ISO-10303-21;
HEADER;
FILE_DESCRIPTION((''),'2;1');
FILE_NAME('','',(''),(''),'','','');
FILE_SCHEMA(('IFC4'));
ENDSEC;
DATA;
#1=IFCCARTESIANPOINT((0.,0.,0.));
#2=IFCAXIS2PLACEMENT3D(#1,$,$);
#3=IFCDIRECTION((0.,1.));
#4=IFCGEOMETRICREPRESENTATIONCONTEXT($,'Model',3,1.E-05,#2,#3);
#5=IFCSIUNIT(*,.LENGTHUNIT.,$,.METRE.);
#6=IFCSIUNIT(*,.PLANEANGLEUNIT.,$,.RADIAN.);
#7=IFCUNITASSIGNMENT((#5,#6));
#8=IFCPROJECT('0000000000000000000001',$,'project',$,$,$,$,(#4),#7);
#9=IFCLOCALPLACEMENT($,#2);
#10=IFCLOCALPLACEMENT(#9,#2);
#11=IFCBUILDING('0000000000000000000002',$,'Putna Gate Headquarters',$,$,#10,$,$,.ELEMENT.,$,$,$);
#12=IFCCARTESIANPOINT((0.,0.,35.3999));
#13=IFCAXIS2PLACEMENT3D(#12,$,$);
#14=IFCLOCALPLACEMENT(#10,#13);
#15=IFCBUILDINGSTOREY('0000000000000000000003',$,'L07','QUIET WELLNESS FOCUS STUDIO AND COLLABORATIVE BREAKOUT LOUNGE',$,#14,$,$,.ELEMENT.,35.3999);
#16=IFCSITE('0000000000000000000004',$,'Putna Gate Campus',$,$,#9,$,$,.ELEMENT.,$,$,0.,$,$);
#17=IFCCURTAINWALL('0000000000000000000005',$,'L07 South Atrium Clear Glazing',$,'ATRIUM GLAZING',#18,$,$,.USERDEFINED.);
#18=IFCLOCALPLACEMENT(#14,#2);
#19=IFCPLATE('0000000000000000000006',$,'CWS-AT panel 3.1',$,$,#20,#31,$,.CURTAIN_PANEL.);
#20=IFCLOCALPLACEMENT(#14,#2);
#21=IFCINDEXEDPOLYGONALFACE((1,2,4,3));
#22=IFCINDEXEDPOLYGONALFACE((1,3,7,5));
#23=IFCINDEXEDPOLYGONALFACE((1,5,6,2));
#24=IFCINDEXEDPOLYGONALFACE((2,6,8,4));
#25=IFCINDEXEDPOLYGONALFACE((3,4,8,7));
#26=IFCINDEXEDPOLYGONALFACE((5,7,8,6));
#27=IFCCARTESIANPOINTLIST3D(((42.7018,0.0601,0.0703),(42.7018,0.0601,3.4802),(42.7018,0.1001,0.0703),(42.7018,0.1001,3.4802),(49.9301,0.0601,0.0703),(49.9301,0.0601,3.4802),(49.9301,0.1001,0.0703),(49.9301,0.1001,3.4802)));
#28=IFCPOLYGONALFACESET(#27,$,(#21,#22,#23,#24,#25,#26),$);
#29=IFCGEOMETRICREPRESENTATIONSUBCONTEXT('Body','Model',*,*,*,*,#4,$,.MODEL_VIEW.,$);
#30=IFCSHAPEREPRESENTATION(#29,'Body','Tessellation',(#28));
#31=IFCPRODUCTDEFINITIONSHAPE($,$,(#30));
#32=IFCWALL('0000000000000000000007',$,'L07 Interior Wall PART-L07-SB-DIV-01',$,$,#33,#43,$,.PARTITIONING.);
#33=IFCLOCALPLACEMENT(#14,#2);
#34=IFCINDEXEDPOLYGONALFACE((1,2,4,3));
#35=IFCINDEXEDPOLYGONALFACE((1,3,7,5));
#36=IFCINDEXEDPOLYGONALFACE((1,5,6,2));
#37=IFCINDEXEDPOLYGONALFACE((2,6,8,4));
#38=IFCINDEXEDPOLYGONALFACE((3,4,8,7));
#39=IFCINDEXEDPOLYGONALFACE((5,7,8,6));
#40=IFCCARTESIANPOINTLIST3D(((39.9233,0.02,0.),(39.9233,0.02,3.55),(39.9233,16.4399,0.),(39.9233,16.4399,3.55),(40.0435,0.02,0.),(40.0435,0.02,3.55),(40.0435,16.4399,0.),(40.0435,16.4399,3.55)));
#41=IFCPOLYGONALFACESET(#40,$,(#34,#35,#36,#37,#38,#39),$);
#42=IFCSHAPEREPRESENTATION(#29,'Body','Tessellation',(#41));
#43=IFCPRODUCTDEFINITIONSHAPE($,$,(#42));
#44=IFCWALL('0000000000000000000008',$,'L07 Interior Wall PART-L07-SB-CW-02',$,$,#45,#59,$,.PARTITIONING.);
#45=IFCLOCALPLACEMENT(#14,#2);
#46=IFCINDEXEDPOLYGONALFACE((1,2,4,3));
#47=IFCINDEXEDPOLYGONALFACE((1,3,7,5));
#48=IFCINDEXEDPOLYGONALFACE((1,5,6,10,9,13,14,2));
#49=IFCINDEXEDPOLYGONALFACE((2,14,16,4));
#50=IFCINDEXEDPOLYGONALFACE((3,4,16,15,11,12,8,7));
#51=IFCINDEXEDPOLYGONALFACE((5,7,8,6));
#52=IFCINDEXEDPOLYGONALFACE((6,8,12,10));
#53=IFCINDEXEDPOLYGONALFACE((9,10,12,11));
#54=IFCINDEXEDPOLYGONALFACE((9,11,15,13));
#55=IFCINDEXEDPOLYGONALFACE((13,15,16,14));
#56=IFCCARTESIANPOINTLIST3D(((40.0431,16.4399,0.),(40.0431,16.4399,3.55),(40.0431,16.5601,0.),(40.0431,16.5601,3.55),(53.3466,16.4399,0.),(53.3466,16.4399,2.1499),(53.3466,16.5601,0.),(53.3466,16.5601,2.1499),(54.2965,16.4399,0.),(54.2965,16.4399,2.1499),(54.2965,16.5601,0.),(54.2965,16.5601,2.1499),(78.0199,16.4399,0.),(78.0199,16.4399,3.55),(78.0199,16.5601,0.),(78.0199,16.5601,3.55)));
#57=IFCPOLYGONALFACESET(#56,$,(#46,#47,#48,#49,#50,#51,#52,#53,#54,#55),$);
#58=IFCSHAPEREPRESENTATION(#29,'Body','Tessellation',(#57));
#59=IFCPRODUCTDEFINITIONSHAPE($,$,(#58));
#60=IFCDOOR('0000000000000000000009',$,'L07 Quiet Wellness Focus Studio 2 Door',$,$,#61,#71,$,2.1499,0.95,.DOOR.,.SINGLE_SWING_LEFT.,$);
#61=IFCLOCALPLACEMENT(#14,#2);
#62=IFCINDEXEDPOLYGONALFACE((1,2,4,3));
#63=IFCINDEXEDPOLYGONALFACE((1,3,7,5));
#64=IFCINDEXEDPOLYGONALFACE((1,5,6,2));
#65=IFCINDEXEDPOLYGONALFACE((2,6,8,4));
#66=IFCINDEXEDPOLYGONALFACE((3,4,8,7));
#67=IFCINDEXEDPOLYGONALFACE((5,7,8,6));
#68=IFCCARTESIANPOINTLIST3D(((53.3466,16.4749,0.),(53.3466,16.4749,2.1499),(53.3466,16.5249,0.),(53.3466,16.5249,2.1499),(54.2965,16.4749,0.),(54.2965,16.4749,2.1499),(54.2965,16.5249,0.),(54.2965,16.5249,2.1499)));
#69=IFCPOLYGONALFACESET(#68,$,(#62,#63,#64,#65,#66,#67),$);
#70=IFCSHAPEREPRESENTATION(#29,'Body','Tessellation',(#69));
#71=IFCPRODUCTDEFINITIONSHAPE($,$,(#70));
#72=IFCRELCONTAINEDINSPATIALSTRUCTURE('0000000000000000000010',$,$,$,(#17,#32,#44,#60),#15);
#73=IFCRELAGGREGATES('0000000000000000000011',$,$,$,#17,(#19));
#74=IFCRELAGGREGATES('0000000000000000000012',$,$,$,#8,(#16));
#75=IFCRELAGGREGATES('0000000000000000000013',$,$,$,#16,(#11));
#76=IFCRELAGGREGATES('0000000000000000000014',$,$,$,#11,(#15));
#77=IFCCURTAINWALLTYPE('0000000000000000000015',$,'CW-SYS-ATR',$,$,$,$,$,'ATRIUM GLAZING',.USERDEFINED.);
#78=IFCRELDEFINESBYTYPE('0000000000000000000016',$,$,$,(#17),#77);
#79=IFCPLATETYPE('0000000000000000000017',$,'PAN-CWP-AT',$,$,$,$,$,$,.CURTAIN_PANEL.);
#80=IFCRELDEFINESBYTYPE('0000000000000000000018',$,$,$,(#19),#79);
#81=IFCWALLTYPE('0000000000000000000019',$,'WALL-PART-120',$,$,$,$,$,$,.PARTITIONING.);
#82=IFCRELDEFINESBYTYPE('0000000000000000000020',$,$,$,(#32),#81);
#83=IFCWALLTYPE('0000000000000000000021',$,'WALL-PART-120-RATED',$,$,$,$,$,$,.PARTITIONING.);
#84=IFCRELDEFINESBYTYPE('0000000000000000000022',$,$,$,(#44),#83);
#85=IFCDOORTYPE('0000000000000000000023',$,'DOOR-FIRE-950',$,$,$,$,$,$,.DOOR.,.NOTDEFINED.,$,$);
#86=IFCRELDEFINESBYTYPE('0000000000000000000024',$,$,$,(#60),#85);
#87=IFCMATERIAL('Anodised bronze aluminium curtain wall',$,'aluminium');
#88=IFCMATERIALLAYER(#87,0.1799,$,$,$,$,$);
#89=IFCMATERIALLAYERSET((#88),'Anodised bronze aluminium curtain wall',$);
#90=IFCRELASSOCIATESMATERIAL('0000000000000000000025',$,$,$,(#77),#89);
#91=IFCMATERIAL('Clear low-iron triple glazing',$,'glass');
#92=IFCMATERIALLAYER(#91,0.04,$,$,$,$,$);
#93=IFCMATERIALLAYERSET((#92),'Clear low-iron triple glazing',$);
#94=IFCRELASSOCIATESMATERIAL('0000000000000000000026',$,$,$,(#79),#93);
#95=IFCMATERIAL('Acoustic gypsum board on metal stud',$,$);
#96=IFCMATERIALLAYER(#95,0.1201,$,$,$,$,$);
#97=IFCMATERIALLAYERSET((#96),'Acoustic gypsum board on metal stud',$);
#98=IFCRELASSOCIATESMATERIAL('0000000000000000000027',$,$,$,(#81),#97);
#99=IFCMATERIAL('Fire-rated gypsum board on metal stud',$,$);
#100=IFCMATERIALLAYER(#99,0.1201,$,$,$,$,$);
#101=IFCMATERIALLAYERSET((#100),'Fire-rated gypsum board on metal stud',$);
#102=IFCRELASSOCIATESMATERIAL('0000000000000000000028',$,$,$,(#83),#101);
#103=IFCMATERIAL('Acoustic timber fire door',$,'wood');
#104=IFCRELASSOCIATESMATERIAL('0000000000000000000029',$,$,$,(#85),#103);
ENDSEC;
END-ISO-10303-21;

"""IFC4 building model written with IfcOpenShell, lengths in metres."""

from ifc_helpers import new_model, si_unit, direction, frame, frame_2d, origin, origin_2d, place, context, subcontext, project, spatial, rectangle, extrude, material, layer, layer_set, type_object, element, fill, aggregate, save


model = new_model("IFC4")

# Units and contexts
model_context = context("Model", 3, precision=1e-05, world=origin(), true_north=direction((0.0, 1.0)))
body_context = subcontext(model_context, "Body", "Model", "MODEL_VIEW")
ifc_project = project(units=[si_unit("LENGTHUNIT", "METRE"), si_unit("PLANEANGLEUNIT", "RADIAN")], contexts=[model_context])

# Site, building, storey
site_placement = place(None, origin())
site = spatial("IfcSite", under=ifc_project, at=site_placement, Name="Putna Gate Campus", CompositionType="ELEMENT", RefElevation=0.0)
building_placement = place(site_placement, origin())
building = spatial("IfcBuilding", under=site, at=building_placement, Name="Putna Gate Headquarters", CompositionType="ELEMENT")
storey_placement = place(building_placement, frame((0.0, 0.0, 35.3999)))
storey = spatial("IfcBuildingStorey", under=building, at=storey_placement, Name="L07", Description="QUIET WELLNESS FOCUS STUDIO AND COLLABORATIVE BREAKOUT LOUNGE", CompositionType="ELEMENT", Elevation=35.3999)

# Curtain wall, plate
ifc_material_1 = material(Name="Anodised bronze aluminium curtain wall", Category="aluminium")
ifc_layer_1 = layer(ifc_material_1, 0.1799)
ifc_layer_set_1 = layer_set([ifc_layer_1], Name="Anodised bronze aluminium curtain wall")
curtain_wall_type = type_object("IfcCurtainWallType", Name="CW-SYS-ATR", ElementType="ATRIUM GLAZING", PredefinedType="USERDEFINED", material=ifc_layer_set_1)
curtain_wall_placement = place(storey_placement, origin())
curtain_wall = element("IfcCurtainWall", 1, at=curtain_wall_placement, inside=storey, type_object=curtain_wall_type, Name="L07 South Atrium Clear Glazing", ObjectType="ATRIUM GLAZING", PredefinedType="USERDEFINED")
ifc_material_2 = material(Name="Clear low-iron triple glazing", Category="glass")
ifc_layer_2 = layer(ifc_material_2, 0.04)
ifc_layer_set_2 = layer_set([ifc_layer_2], Name="Clear low-iron triple glazing")
plate_type = type_object("IfcPlateType", Name="PAN-CWP-AT", PredefinedType="CURTAIN_PANEL", material=ifc_layer_set_2)
plate_1_placement = place(storey_placement, frame((46.3159, 0.0801, 0.0703), z_axis=(0.0, 0.0, 1.0), x_axis=(1.0, 0.0, 0.0)))
plate_1 = element("IfcPlate", 2, at=plate_1_placement, type_object=plate_type, Name="CWS-AT panel 3.1", PredefinedType="CURTAIN_PANEL", context=body_context, shape_type="SweptSolid", body=[
    extrude(rectangle(XDim=7.2283, YDim=0.04, at=origin_2d()), origin(), (0.0, 0.0, 1.0), 3.4099),
])
aggregate(curtain_wall, [plate_1])

# Wall
ifc_material_3 = material(Name="Acoustic gypsum board on metal stud")
ifc_layer_3 = layer(ifc_material_3, 0.1201)
ifc_layer_set_3 = layer_set([ifc_layer_3], Name="Acoustic gypsum board on metal stud")
wall_type_1 = type_object("IfcWallType", Name="WALL-PART-120", PredefinedType="PARTITIONING", material=ifc_layer_set_3)
wall_1_placement = place(storey_placement, frame((39.9834, 0.02, 0.0), z_axis=(0.0, 0.0, 1.0), x_axis=(0.0, 1.0, 0.0)))
element("IfcWall", 3, at=wall_1_placement, inside=storey, type_object=wall_type_1, Name="L07 Interior Wall PART-L07-SB-DIV-01", PredefinedType="PARTITIONING", context=body_context, shape_type="SweptSolid", body=[
    extrude(rectangle(XDim=16.4199, YDim=0.1201, at=frame_2d((8.21, 0.0))), origin(), (0.0, 0.0, 1.0), 3.55),
])

# Wall, opening, door
ifc_material_4 = material(Name="Fire-rated gypsum board on metal stud")
ifc_layer_4 = layer(ifc_material_4, 0.1201)
ifc_layer_set_4 = layer_set([ifc_layer_4], Name="Fire-rated gypsum board on metal stud")
wall_type_2 = type_object("IfcWallType", Name="WALL-PART-120-RATED", PredefinedType="PARTITIONING", material=ifc_layer_set_4)
wall_2_placement = place(storey_placement, frame((40.0432, 16.5, 0.0), z_axis=(0.0, 0.0, 1.0), x_axis=(1.0, 0.0, 0.0)))
wall_2 = element("IfcWall", 4, at=wall_2_placement, inside=storey, type_object=wall_type_2, Name="L07 Interior Wall PART-L07-SB-CW-02", PredefinedType="PARTITIONING", context=body_context, shape_type="SweptSolid", body=[
    extrude(rectangle(XDim=37.9768, YDim=0.1201, at=frame_2d((18.9883, 0.0))), origin(), (0.0, 0.0, 1.0), 3.55),
])
opening_placement = place(wall_2_placement, frame((13.3032, 0.0, 0.0)))
opening = element("IfcOpeningElement", 5, at=opening_placement, cuts=wall_2, PredefinedType="OPENING", context=body_context, shape_type="SweptSolid", body=[
    extrude(rectangle(XDim=0.95, YDim=2.1499, at=frame_2d((0.4751, 1.075))), frame((0.0, 0.0701, 0.0), z_axis=(0.0, -1.0, 0.0), x_axis=(1.0, 0.0, 0.0)), (0.0, 0.0, 1.0), 0.1401),
])
ifc_material_5 = material(Name="Acoustic timber fire door", Category="wood")
door_type = type_object("IfcDoorType", Name="DOOR-FIRE-950", OperationType="NOTDEFINED", PredefinedType="DOOR", material=ifc_material_5)
door_placement = place(opening_placement, origin())
door = element("IfcDoor", 6, at=door_placement, inside=storey, type_object=door_type, Name="L07 Quiet Wellness Focus Studio 2 Door", OperationType="SINGLE_SWING_LEFT", OverallHeight=2.1499, OverallWidth=0.95, PredefinedType="DOOR", context=body_context, shape_type="SweptSolid", body=[
    extrude(rectangle(XDim=0.95, YDim=2.1499, at=frame_2d((0.4751, 1.075))), frame((0.0, 0.0249, 0.0), z_axis=(0.0, -1.0, 0.0), x_axis=(1.0, 0.0, 0.0)), (0.0, 0.0, 1.0), 0.05),
])
fill(opening, door)

save(model, "model.ifc")
